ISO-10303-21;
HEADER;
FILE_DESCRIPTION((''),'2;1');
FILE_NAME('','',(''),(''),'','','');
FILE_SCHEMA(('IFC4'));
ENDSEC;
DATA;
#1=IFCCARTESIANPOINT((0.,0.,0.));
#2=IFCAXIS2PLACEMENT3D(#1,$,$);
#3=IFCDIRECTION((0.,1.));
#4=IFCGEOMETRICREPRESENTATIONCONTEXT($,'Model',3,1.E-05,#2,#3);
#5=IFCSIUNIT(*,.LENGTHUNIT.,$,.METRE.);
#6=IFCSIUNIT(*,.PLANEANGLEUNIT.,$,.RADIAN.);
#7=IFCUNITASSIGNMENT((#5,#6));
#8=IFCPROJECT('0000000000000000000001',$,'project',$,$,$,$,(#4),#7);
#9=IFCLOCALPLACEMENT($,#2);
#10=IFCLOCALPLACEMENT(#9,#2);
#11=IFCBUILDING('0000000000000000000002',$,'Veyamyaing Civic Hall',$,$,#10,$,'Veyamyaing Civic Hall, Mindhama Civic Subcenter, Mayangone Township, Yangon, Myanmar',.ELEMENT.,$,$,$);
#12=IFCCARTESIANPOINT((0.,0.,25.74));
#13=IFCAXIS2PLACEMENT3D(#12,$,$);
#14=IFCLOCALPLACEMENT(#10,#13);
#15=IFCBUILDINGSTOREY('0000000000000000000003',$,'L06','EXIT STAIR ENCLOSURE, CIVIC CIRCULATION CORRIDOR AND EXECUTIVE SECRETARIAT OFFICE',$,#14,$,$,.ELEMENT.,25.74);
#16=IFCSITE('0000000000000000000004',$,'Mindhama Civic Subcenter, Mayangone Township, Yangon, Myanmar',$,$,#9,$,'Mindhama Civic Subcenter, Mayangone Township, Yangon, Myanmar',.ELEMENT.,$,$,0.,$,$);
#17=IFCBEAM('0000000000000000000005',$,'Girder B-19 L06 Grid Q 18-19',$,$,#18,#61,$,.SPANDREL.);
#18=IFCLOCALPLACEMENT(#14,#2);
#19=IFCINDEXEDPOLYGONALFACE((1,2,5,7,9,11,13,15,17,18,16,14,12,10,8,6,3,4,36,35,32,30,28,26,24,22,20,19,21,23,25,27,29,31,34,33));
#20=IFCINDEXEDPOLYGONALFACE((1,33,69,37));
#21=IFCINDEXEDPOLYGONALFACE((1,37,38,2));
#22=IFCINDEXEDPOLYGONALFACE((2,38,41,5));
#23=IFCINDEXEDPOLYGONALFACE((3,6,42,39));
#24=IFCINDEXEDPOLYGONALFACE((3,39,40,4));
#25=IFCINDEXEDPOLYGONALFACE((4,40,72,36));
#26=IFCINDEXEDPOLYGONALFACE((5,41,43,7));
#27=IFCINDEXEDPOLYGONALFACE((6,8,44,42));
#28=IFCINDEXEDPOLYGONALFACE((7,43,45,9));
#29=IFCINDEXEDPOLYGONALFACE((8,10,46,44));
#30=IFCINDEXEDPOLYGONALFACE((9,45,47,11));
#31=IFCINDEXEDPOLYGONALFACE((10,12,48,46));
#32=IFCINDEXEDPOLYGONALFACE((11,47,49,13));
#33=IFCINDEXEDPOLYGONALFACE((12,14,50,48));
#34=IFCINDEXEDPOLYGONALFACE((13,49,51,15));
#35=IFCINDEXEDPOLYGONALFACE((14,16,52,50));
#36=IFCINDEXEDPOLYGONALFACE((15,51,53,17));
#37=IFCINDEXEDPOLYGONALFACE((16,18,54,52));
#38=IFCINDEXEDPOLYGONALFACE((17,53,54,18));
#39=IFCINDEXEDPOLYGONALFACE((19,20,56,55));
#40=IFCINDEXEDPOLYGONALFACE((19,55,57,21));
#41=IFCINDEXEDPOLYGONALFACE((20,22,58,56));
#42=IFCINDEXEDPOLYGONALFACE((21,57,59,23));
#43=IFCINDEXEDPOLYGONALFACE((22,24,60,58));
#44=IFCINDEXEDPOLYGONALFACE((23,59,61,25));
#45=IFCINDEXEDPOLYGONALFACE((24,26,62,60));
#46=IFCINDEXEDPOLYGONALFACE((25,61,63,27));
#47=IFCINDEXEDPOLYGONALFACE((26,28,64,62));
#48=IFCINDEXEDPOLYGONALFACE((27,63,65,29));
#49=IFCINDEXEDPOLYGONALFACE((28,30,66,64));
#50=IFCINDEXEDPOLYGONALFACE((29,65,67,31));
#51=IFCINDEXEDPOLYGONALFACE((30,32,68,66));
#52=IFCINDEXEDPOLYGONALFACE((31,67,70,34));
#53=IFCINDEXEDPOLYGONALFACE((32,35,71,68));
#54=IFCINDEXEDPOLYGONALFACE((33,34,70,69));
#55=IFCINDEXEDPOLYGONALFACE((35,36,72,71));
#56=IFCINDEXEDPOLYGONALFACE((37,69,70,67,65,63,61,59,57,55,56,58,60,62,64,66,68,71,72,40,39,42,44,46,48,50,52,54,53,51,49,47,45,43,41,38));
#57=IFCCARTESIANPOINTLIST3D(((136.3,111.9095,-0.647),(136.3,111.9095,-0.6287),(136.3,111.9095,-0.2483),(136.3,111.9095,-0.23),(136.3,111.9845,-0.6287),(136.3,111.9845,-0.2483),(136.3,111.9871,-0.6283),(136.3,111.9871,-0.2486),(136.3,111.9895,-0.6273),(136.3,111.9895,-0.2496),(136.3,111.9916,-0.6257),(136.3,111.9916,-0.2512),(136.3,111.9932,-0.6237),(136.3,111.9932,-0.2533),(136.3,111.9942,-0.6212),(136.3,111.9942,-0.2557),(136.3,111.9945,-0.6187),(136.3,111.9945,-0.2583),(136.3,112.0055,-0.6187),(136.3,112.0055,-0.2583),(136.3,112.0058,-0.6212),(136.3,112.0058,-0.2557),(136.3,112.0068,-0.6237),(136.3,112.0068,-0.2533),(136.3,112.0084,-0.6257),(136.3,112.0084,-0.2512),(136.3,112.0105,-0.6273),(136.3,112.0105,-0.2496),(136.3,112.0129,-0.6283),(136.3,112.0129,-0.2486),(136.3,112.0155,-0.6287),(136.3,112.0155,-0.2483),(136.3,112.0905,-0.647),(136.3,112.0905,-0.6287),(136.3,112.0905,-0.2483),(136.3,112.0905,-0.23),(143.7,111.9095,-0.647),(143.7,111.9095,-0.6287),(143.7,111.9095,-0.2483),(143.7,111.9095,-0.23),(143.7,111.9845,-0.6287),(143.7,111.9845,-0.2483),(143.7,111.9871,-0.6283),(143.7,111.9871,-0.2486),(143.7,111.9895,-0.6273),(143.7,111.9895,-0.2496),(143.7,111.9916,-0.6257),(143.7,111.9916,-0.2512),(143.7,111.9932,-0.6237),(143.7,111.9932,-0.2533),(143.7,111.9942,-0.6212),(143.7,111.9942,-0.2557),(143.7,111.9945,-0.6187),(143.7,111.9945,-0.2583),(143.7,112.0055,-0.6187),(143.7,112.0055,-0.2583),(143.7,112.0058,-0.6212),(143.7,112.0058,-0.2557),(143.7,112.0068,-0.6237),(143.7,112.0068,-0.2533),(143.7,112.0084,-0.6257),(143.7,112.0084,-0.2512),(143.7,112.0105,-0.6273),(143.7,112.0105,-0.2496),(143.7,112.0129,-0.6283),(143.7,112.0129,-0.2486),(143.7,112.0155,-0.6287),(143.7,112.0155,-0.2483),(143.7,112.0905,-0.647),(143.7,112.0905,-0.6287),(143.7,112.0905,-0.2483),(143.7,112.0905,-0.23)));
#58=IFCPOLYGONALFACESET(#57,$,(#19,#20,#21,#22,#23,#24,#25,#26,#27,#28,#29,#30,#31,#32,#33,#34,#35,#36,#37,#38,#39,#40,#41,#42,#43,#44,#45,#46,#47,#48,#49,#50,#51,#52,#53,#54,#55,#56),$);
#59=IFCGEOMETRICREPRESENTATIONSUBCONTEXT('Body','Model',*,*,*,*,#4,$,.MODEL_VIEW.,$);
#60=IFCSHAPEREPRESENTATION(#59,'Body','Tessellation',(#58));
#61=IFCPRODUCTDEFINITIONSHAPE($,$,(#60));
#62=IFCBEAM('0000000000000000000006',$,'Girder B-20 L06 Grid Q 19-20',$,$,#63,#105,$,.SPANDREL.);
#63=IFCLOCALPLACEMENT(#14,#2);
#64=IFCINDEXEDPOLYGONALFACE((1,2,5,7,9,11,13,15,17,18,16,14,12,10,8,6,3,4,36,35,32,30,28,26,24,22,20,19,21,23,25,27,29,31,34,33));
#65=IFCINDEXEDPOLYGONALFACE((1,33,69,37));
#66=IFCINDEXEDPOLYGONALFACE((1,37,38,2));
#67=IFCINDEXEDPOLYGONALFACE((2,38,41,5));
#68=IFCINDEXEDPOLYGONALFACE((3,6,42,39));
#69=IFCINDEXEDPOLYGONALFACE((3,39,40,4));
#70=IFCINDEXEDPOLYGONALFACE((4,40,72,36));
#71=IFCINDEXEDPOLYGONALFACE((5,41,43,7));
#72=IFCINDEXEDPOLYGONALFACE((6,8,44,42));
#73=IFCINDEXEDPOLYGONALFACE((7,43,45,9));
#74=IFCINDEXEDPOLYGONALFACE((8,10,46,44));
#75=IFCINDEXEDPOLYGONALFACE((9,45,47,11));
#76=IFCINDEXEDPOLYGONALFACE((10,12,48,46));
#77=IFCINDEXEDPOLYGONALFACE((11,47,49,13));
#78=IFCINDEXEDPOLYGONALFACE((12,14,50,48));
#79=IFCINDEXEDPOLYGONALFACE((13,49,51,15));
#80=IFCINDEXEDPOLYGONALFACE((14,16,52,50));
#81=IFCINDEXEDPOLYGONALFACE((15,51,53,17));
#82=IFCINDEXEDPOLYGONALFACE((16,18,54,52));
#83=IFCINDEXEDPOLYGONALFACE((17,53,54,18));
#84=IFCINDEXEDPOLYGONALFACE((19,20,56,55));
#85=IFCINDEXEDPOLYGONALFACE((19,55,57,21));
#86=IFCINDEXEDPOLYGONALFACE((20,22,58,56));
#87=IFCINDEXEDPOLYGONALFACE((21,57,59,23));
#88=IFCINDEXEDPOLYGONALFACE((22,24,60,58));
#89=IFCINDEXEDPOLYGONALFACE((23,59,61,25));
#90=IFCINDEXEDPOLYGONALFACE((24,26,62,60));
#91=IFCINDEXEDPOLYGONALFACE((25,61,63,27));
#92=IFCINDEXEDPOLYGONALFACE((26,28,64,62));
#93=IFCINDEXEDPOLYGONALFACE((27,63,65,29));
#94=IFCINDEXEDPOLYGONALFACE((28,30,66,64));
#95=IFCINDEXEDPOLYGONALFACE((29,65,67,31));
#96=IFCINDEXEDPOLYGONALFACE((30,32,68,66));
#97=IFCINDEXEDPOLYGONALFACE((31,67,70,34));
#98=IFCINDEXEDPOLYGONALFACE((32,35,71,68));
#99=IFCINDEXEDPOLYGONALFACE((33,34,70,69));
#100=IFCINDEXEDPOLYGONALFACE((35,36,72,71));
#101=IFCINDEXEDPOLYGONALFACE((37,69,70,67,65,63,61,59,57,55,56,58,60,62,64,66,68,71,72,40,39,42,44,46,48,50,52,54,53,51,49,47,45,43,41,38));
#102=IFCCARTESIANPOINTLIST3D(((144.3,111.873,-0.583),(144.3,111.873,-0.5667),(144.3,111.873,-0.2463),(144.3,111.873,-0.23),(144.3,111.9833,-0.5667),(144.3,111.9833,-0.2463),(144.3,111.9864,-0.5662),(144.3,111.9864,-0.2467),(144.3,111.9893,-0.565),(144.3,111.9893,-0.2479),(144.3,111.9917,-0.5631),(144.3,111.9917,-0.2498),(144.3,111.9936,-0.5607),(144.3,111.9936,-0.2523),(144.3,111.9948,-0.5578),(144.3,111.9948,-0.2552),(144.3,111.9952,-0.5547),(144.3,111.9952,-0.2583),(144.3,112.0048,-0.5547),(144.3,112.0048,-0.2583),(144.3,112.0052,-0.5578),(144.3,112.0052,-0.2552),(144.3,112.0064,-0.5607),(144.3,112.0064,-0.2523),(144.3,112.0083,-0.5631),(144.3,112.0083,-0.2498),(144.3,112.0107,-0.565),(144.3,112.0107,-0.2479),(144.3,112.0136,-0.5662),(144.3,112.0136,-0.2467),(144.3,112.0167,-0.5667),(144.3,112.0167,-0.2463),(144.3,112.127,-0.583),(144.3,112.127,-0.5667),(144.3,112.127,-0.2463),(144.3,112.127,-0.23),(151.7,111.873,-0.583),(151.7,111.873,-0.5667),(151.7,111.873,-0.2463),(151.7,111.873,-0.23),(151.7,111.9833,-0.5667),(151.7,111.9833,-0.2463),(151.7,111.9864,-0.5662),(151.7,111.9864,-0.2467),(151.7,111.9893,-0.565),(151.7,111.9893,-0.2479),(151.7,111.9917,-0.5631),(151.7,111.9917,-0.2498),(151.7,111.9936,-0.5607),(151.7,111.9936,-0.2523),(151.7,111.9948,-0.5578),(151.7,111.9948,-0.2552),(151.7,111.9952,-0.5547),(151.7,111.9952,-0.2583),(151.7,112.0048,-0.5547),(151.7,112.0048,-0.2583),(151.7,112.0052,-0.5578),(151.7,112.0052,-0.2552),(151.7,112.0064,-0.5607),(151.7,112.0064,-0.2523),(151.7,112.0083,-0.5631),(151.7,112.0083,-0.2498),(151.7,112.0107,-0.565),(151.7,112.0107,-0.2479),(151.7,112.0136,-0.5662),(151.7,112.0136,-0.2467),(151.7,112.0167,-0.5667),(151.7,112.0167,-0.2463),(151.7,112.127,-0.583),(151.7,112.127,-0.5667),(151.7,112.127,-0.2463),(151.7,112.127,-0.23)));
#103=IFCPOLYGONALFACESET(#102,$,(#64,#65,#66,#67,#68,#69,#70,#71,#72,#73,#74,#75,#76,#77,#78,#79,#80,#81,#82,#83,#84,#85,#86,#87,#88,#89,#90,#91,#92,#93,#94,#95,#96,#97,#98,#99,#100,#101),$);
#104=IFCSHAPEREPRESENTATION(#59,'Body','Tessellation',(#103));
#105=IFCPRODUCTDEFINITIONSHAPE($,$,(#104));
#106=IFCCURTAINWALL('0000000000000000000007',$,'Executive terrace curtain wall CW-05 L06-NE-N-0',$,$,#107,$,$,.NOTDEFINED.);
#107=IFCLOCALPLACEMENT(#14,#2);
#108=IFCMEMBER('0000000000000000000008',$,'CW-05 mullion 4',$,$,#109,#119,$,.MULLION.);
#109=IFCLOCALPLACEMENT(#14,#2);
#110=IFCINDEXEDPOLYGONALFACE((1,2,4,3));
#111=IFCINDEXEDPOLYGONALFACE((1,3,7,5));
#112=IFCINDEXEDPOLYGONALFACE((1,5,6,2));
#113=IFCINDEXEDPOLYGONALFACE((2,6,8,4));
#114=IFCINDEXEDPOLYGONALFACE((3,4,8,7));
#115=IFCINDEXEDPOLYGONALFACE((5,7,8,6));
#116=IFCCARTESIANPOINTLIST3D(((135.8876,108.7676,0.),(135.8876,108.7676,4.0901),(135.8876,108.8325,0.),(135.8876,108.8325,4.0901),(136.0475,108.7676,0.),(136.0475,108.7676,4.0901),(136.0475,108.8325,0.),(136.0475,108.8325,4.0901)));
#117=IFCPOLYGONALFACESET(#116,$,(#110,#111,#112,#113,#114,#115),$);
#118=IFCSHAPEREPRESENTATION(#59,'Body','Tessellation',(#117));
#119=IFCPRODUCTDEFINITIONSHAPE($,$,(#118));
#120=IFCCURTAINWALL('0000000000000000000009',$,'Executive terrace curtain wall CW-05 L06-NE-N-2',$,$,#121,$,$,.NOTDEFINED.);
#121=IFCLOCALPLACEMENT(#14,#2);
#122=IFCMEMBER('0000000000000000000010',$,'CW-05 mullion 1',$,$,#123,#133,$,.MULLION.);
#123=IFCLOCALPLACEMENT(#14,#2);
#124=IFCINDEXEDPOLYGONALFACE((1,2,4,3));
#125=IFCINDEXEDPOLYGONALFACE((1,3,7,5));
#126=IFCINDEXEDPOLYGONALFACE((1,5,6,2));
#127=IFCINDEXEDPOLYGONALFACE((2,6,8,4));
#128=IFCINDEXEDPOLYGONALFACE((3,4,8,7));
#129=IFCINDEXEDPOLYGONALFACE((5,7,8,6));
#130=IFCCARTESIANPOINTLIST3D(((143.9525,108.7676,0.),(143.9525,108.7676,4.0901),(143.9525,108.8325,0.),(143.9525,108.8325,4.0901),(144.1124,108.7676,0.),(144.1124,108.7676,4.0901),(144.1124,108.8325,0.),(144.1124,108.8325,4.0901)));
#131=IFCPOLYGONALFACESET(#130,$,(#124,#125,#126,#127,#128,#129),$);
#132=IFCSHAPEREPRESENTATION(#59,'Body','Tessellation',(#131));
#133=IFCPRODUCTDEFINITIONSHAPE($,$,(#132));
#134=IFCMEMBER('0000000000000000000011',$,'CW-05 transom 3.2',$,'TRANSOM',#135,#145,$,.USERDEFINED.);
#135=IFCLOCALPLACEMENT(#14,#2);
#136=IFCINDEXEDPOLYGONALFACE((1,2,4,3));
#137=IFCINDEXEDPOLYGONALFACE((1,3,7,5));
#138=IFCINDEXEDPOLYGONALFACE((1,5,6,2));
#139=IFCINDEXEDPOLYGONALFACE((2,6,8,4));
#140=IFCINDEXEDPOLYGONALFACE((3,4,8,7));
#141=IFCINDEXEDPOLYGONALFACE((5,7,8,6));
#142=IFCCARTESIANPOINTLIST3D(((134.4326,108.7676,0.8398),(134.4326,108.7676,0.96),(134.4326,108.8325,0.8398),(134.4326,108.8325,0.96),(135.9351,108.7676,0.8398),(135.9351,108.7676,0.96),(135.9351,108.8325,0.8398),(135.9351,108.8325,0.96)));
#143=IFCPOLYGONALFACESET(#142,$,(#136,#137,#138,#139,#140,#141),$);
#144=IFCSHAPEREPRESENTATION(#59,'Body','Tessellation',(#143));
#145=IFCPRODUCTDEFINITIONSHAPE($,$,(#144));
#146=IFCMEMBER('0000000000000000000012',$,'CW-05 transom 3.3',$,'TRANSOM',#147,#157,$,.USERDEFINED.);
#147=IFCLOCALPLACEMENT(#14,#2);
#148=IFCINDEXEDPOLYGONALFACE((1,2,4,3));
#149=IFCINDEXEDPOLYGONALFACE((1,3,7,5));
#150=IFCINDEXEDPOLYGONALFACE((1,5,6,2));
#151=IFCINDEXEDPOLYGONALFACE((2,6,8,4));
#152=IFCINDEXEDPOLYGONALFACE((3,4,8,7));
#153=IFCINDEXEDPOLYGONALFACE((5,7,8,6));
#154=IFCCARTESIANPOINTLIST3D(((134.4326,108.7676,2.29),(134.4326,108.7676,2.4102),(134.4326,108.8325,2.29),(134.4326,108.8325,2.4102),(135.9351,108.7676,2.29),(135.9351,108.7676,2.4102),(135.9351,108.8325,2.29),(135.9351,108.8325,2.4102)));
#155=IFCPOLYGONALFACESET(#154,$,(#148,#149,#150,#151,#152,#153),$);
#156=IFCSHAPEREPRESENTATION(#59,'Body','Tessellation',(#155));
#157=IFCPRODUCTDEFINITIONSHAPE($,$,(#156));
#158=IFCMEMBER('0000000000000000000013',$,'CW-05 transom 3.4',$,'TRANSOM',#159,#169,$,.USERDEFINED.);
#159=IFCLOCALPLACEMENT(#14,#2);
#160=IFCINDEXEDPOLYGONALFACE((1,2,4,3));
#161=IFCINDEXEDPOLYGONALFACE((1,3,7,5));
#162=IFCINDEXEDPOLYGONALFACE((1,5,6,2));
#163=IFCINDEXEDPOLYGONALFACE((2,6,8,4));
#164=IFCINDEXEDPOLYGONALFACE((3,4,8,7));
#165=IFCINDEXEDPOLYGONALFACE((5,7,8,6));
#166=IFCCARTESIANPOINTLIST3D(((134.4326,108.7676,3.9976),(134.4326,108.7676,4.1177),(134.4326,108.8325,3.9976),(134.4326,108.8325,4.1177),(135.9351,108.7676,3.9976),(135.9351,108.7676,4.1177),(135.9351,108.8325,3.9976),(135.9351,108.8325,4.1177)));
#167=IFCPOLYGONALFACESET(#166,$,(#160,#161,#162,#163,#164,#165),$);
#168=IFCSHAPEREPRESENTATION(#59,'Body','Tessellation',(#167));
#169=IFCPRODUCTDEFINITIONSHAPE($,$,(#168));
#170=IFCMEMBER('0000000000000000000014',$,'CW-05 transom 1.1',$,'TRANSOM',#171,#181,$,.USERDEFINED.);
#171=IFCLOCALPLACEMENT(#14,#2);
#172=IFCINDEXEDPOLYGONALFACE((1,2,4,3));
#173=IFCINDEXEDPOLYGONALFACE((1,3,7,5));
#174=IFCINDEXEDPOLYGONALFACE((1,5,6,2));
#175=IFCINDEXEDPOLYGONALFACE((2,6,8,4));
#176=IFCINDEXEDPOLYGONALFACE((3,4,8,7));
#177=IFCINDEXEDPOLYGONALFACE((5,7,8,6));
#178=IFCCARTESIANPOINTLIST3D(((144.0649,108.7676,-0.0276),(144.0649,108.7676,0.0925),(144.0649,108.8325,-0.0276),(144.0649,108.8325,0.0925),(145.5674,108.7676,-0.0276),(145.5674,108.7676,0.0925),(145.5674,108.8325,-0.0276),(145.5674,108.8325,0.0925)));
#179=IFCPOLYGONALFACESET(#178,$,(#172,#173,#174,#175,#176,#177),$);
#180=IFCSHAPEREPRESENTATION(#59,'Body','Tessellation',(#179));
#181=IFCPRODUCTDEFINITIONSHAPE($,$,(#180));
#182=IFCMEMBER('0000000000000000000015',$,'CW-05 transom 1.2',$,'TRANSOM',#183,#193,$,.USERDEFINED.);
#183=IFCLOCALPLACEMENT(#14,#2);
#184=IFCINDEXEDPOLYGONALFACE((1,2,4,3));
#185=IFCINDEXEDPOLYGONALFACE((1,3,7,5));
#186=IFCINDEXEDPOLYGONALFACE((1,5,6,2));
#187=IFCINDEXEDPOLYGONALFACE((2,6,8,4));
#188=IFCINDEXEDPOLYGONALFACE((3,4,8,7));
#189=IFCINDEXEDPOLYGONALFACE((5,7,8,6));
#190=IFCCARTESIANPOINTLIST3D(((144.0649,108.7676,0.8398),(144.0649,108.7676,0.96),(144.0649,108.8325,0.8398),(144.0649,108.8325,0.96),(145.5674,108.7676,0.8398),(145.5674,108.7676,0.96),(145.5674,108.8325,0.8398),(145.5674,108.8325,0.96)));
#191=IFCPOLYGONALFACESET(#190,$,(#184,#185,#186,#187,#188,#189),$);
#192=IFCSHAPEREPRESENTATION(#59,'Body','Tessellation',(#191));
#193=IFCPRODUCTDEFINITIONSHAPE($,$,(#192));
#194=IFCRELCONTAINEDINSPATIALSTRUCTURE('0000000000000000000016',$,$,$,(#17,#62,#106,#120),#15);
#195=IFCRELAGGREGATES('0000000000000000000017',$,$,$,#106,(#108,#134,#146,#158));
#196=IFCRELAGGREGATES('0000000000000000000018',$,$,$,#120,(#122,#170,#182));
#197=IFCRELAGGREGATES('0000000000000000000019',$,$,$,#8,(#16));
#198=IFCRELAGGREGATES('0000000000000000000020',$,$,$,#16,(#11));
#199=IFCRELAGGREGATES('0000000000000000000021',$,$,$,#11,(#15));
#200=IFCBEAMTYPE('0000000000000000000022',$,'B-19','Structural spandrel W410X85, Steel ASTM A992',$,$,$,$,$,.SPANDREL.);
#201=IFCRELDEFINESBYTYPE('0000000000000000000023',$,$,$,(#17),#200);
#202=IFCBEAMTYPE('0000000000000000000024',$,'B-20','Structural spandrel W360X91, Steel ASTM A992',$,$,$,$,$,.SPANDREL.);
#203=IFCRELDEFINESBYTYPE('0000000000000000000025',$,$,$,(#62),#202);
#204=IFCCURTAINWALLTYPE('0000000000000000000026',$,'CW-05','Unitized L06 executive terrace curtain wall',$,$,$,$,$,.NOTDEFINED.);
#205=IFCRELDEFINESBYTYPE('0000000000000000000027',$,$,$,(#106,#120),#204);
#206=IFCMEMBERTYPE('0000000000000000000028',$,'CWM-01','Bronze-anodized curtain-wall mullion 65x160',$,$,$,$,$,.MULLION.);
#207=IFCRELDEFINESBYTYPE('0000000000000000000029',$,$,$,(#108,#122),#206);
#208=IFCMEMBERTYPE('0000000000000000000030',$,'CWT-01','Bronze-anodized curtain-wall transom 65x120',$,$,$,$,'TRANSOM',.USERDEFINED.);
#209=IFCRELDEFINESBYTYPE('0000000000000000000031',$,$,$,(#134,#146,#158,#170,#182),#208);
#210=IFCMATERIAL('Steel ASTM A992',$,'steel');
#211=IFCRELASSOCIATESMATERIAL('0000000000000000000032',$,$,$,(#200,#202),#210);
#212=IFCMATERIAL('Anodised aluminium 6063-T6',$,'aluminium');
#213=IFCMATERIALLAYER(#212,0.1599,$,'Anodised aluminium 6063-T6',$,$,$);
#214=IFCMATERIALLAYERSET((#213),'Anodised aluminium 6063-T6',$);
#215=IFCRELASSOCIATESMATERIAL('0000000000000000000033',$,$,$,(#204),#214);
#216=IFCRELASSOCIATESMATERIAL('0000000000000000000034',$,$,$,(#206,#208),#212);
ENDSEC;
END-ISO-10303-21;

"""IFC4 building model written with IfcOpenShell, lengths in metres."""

from ifc_helpers import new_model, si_unit, direction, frame, origin, origin_2d, place, context, subcontext, project, spatial, rectangle, i_section, extrude, material, layer, layer_set, material_profile, profile_set, type_object, element, aggregate, save


model = new_model("IFC4")

# Units and contexts
model_context = context("Model", 3, precision=1e-05, world=origin(), true_north=direction((0.0, 1.0)))
body_context = subcontext(model_context, "Body", "Model", "MODEL_VIEW")
ifc_project = project(units=[si_unit("LENGTHUNIT", "METRE"), si_unit("PLANEANGLEUNIT", "RADIAN")], contexts=[model_context])

# Site, building, storey
site_placement = place(None, origin())
site = spatial("IfcSite", under=ifc_project, at=site_placement, Name="Mindhama Civic Subcenter, Mayangone Township, Yangon, Myanmar", LongName="Mindhama Civic Subcenter, Mayangone Township, Yangon, Myanmar", CompositionType="ELEMENT", RefElevation=0.0)
building_placement = place(site_placement, origin())
building = spatial("IfcBuilding", under=site, at=building_placement, Name="Veyamyaing Civic Hall", LongName="Veyamyaing Civic Hall, Mindhama Civic Subcenter, Mayangone Township, Yangon, Myanmar", CompositionType="ELEMENT")
storey_placement = place(building_placement, frame((0.0, 0.0, 25.74)))
storey = spatial("IfcBuildingStorey", under=building, at=storey_placement, Name="L06", Description="EXIT STAIR ENCLOSURE, CIVIC CIRCULATION CORRIDOR AND EXECUTIVE SECRETARIAT OFFICE", CompositionType="ELEMENT", Elevation=25.74)

# Beams
ifc_material_1 = material(Name="Steel ASTM A992", Category="steel")
ifc_material_profile_1 = material_profile(ifc_material_1, i_section(OverallWidth=0.1809, OverallDepth=0.417, WebThickness=0.011, FlangeThickness=0.0183, FilletRadius=0.01, at=origin_2d()), Name="W410X85")
ifc_profile_set_1 = profile_set([ifc_material_profile_1], Name="Steel ASTM A992")
beam_type_1 = type_object("IfcBeamType", Name="B-19", Description="Structural spandrel W410X85, Steel ASTM A992", PredefinedType="SPANDREL", material=ifc_profile_set_1)
beam_1_placement = place(storey_placement, frame((136.3, 112.0, -0.4385), z_axis=(1.0, 0.0, 0.0), x_axis=(0.0, 1.0, 0.0)))
element("IfcBeam", 1, at=beam_1_placement, inside=storey, type_object=beam_type_1, Name="Girder B-19 L06 Grid Q 18-19", PredefinedType="SPANDREL", context=body_context, shape_type="SweptSolid", body=[
    extrude(i_section(OverallWidth=0.1809, OverallDepth=0.417, WebThickness=0.011, FlangeThickness=0.0183, FilletRadius=0.01, at=origin_2d()), origin(), (0.0, 0.0, 1.0), 7.3999),
])
ifc_material_profile_2 = material_profile(ifc_material_1, i_section(OverallWidth=0.2539, OverallDepth=0.353, WebThickness=0.0095, FlangeThickness=0.0164, FilletRadius=0.012, at=origin_2d()), Name="W360X91")
ifc_profile_set_2 = profile_set([ifc_material_profile_2], Name="Steel ASTM A992")
beam_type_2 = type_object("IfcBeamType", Name="B-20", Description="Structural spandrel W360X91, Steel ASTM A992", PredefinedType="SPANDREL", material=ifc_profile_set_2)
beam_2_placement = place(storey_placement, frame((144.3, 112.0, -0.4065), z_axis=(1.0, 0.0, 0.0), x_axis=(0.0, 1.0, 0.0)))
element("IfcBeam", 2, at=beam_2_placement, inside=storey, type_object=beam_type_2, Name="Girder B-20 L06 Grid Q 19-20", PredefinedType="SPANDREL", context=body_context, shape_type="SweptSolid", body=[
    extrude(i_section(OverallWidth=0.2539, OverallDepth=0.353, WebThickness=0.0095, FlangeThickness=0.0164, FilletRadius=0.012, at=origin_2d()), origin(), (0.0, 0.0, 1.0), 7.3999),
])

# Curtain walls, members
ifc_material_2 = material(Name="Anodised aluminium 6063-T6", Category="aluminium")
ifc_layer_1 = layer(ifc_material_2, 0.1599, Name="Anodised aluminium 6063-T6")
ifc_layer_set_1 = layer_set([ifc_layer_1], Name="Anodised aluminium 6063-T6")
curtain_wall_type = type_object("IfcCurtainWallType", Name="CW-05", Description="Unitized L06 executive terrace curtain wall", PredefinedType="NOTDEFINED", material=ifc_layer_set_1)
curtain_wall_1_placement = place(storey_placement, origin())
curtain_wall_1 = element("IfcCurtainWall", 3, at=curtain_wall_1_placement, inside=storey, type_object=curtain_wall_type, Name="Executive terrace curtain wall CW-05 L06-NE-N-0", PredefinedType="NOTDEFINED")
ifc_material_profile_3 = material_profile(ifc_material_2, rectangle(XDim=0.0649, YDim=0.1599, at=origin_2d()), Name="ALU-MUL-65X160")
ifc_profile_set_3 = profile_set([ifc_material_profile_3], Name="Anodised aluminium 6063-T6")
member_type_1 = type_object("IfcMemberType", Name="CWM-01", Description="Bronze-anodized curtain-wall mullion 65x160", PredefinedType="MULLION", material=ifc_profile_set_3)
member_1_placement = place(storey_placement, frame((135.9675, 108.8, 0.0), z_axis=(0.0, 0.0, 1.0), x_axis=(0.0, 1.0, 0.0)))
member_1 = element("IfcMember", 4, at=member_1_placement, type_object=member_type_1, Name="CW-05 mullion 4", PredefinedType="MULLION", context=body_context, shape_type="SweptSolid", body=[
    extrude(rectangle(XDim=0.0649, YDim=0.1599, at=origin_2d()), origin(), (0.0, 0.0, 1.0), 4.0901),
])
curtain_wall_2_placement = place(storey_placement, origin())
curtain_wall_2 = element("IfcCurtainWall", 5, at=curtain_wall_2_placement, inside=storey, type_object=curtain_wall_type, Name="Executive terrace curtain wall CW-05 L06-NE-N-2", PredefinedType="NOTDEFINED")
member_2_placement = place(storey_placement, frame((144.0325, 108.8, 0.0), z_axis=(0.0, 0.0, 1.0), x_axis=(0.0, 1.0, 0.0)))
member_2 = element("IfcMember", 6, at=member_2_placement, type_object=member_type_1, Name="CW-05 mullion 1", PredefinedType="MULLION", context=body_context, shape_type="SweptSolid", body=[
    extrude(rectangle(XDim=0.0649, YDim=0.1599, at=origin_2d()), origin(), (0.0, 0.0, 1.0), 4.0901),
])

# Members
ifc_material_profile_4 = material_profile(ifc_material_2, rectangle(XDim=0.0649, YDim=0.1201, at=origin_2d()), Name="ALU-TRN-65X120")
ifc_profile_set_4 = profile_set([ifc_material_profile_4], Name="Anodised aluminium 6063-T6")
member_type_2 = type_object("IfcMemberType", Name="CWT-01", Description="Bronze-anodized curtain-wall transom 65x120", ElementType="TRANSOM", PredefinedType="USERDEFINED", material=ifc_profile_set_4)
member_3_placement = place(storey_placement, frame((134.4326, 108.8, 0.8999), z_axis=(1.0, 0.0, 0.0), x_axis=(0.0, 1.0, 0.0)))
member_3 = element("IfcMember", 7, at=member_3_placement, type_object=member_type_2, Name="CW-05 transom 3.2", ObjectType="TRANSOM", PredefinedType="USERDEFINED", context=body_context, shape_type="SweptSolid", body=[
    extrude(rectangle(XDim=0.0649, YDim=0.1201, at=origin_2d()), origin(), (0.0, 0.0, 1.0), 1.5024),
])
member_4_placement = place(storey_placement, frame((134.4326, 108.8, 2.3501), z_axis=(1.0, 0.0, 0.0), x_axis=(0.0, 1.0, 0.0)))
member_4 = element("IfcMember", 8, at=member_4_placement, type_object=member_type_2, Name="CW-05 transom 3.3", ObjectType="TRANSOM", PredefinedType="USERDEFINED", context=body_context, shape_type="SweptSolid", body=[
    extrude(rectangle(XDim=0.0649, YDim=0.1201, at=origin_2d()), origin(), (0.0, 0.0, 1.0), 1.5024),
])
member_5_placement = place(storey_placement, frame((134.4326, 108.8, 4.0576), z_axis=(1.0, 0.0, 0.0), x_axis=(0.0, 1.0, 0.0)))
member_5 = element("IfcMember", 9, at=member_5_placement, type_object=member_type_2, Name="CW-05 transom 3.4", ObjectType="TRANSOM", PredefinedType="USERDEFINED", context=body_context, shape_type="SweptSolid", body=[
    extrude(rectangle(XDim=0.0649, YDim=0.1201, at=origin_2d()), origin(), (0.0, 0.0, 1.0), 1.5024),
])
member_6_placement = place(storey_placement, frame((144.0649, 108.8, 0.0325), z_axis=(1.0, 0.0, 0.0), x_axis=(0.0, 1.0, 0.0)))
member_6 = element("IfcMember", 10, at=member_6_placement, type_object=member_type_2, Name="CW-05 transom 1.1", ObjectType="TRANSOM", PredefinedType="USERDEFINED", context=body_context, shape_type="SweptSolid", body=[
    extrude(rectangle(XDim=0.0649, YDim=0.1201, at=origin_2d()), origin(), (0.0, 0.0, 1.0), 1.5024),
])
member_7_placement = place(storey_placement, frame((144.0649, 108.8, 0.8999), z_axis=(1.0, 0.0, 0.0), x_axis=(0.0, 1.0, 0.0)))
member_7 = element("IfcMember", 11, at=member_7_placement, type_object=member_type_2, Name="CW-05 transom 1.2", ObjectType="TRANSOM", PredefinedType="USERDEFINED", context=body_context, shape_type="SweptSolid", body=[
    extrude(rectangle(XDim=0.0649, YDim=0.1201, at=origin_2d()), origin(), (0.0, 0.0, 1.0), 1.5024),
])

aggregate(curtain_wall_1, [member_1, member_3, member_4, member_5])
aggregate(curtain_wall_2, [member_2, member_6, member_7])

save(model, "model.ifc")
